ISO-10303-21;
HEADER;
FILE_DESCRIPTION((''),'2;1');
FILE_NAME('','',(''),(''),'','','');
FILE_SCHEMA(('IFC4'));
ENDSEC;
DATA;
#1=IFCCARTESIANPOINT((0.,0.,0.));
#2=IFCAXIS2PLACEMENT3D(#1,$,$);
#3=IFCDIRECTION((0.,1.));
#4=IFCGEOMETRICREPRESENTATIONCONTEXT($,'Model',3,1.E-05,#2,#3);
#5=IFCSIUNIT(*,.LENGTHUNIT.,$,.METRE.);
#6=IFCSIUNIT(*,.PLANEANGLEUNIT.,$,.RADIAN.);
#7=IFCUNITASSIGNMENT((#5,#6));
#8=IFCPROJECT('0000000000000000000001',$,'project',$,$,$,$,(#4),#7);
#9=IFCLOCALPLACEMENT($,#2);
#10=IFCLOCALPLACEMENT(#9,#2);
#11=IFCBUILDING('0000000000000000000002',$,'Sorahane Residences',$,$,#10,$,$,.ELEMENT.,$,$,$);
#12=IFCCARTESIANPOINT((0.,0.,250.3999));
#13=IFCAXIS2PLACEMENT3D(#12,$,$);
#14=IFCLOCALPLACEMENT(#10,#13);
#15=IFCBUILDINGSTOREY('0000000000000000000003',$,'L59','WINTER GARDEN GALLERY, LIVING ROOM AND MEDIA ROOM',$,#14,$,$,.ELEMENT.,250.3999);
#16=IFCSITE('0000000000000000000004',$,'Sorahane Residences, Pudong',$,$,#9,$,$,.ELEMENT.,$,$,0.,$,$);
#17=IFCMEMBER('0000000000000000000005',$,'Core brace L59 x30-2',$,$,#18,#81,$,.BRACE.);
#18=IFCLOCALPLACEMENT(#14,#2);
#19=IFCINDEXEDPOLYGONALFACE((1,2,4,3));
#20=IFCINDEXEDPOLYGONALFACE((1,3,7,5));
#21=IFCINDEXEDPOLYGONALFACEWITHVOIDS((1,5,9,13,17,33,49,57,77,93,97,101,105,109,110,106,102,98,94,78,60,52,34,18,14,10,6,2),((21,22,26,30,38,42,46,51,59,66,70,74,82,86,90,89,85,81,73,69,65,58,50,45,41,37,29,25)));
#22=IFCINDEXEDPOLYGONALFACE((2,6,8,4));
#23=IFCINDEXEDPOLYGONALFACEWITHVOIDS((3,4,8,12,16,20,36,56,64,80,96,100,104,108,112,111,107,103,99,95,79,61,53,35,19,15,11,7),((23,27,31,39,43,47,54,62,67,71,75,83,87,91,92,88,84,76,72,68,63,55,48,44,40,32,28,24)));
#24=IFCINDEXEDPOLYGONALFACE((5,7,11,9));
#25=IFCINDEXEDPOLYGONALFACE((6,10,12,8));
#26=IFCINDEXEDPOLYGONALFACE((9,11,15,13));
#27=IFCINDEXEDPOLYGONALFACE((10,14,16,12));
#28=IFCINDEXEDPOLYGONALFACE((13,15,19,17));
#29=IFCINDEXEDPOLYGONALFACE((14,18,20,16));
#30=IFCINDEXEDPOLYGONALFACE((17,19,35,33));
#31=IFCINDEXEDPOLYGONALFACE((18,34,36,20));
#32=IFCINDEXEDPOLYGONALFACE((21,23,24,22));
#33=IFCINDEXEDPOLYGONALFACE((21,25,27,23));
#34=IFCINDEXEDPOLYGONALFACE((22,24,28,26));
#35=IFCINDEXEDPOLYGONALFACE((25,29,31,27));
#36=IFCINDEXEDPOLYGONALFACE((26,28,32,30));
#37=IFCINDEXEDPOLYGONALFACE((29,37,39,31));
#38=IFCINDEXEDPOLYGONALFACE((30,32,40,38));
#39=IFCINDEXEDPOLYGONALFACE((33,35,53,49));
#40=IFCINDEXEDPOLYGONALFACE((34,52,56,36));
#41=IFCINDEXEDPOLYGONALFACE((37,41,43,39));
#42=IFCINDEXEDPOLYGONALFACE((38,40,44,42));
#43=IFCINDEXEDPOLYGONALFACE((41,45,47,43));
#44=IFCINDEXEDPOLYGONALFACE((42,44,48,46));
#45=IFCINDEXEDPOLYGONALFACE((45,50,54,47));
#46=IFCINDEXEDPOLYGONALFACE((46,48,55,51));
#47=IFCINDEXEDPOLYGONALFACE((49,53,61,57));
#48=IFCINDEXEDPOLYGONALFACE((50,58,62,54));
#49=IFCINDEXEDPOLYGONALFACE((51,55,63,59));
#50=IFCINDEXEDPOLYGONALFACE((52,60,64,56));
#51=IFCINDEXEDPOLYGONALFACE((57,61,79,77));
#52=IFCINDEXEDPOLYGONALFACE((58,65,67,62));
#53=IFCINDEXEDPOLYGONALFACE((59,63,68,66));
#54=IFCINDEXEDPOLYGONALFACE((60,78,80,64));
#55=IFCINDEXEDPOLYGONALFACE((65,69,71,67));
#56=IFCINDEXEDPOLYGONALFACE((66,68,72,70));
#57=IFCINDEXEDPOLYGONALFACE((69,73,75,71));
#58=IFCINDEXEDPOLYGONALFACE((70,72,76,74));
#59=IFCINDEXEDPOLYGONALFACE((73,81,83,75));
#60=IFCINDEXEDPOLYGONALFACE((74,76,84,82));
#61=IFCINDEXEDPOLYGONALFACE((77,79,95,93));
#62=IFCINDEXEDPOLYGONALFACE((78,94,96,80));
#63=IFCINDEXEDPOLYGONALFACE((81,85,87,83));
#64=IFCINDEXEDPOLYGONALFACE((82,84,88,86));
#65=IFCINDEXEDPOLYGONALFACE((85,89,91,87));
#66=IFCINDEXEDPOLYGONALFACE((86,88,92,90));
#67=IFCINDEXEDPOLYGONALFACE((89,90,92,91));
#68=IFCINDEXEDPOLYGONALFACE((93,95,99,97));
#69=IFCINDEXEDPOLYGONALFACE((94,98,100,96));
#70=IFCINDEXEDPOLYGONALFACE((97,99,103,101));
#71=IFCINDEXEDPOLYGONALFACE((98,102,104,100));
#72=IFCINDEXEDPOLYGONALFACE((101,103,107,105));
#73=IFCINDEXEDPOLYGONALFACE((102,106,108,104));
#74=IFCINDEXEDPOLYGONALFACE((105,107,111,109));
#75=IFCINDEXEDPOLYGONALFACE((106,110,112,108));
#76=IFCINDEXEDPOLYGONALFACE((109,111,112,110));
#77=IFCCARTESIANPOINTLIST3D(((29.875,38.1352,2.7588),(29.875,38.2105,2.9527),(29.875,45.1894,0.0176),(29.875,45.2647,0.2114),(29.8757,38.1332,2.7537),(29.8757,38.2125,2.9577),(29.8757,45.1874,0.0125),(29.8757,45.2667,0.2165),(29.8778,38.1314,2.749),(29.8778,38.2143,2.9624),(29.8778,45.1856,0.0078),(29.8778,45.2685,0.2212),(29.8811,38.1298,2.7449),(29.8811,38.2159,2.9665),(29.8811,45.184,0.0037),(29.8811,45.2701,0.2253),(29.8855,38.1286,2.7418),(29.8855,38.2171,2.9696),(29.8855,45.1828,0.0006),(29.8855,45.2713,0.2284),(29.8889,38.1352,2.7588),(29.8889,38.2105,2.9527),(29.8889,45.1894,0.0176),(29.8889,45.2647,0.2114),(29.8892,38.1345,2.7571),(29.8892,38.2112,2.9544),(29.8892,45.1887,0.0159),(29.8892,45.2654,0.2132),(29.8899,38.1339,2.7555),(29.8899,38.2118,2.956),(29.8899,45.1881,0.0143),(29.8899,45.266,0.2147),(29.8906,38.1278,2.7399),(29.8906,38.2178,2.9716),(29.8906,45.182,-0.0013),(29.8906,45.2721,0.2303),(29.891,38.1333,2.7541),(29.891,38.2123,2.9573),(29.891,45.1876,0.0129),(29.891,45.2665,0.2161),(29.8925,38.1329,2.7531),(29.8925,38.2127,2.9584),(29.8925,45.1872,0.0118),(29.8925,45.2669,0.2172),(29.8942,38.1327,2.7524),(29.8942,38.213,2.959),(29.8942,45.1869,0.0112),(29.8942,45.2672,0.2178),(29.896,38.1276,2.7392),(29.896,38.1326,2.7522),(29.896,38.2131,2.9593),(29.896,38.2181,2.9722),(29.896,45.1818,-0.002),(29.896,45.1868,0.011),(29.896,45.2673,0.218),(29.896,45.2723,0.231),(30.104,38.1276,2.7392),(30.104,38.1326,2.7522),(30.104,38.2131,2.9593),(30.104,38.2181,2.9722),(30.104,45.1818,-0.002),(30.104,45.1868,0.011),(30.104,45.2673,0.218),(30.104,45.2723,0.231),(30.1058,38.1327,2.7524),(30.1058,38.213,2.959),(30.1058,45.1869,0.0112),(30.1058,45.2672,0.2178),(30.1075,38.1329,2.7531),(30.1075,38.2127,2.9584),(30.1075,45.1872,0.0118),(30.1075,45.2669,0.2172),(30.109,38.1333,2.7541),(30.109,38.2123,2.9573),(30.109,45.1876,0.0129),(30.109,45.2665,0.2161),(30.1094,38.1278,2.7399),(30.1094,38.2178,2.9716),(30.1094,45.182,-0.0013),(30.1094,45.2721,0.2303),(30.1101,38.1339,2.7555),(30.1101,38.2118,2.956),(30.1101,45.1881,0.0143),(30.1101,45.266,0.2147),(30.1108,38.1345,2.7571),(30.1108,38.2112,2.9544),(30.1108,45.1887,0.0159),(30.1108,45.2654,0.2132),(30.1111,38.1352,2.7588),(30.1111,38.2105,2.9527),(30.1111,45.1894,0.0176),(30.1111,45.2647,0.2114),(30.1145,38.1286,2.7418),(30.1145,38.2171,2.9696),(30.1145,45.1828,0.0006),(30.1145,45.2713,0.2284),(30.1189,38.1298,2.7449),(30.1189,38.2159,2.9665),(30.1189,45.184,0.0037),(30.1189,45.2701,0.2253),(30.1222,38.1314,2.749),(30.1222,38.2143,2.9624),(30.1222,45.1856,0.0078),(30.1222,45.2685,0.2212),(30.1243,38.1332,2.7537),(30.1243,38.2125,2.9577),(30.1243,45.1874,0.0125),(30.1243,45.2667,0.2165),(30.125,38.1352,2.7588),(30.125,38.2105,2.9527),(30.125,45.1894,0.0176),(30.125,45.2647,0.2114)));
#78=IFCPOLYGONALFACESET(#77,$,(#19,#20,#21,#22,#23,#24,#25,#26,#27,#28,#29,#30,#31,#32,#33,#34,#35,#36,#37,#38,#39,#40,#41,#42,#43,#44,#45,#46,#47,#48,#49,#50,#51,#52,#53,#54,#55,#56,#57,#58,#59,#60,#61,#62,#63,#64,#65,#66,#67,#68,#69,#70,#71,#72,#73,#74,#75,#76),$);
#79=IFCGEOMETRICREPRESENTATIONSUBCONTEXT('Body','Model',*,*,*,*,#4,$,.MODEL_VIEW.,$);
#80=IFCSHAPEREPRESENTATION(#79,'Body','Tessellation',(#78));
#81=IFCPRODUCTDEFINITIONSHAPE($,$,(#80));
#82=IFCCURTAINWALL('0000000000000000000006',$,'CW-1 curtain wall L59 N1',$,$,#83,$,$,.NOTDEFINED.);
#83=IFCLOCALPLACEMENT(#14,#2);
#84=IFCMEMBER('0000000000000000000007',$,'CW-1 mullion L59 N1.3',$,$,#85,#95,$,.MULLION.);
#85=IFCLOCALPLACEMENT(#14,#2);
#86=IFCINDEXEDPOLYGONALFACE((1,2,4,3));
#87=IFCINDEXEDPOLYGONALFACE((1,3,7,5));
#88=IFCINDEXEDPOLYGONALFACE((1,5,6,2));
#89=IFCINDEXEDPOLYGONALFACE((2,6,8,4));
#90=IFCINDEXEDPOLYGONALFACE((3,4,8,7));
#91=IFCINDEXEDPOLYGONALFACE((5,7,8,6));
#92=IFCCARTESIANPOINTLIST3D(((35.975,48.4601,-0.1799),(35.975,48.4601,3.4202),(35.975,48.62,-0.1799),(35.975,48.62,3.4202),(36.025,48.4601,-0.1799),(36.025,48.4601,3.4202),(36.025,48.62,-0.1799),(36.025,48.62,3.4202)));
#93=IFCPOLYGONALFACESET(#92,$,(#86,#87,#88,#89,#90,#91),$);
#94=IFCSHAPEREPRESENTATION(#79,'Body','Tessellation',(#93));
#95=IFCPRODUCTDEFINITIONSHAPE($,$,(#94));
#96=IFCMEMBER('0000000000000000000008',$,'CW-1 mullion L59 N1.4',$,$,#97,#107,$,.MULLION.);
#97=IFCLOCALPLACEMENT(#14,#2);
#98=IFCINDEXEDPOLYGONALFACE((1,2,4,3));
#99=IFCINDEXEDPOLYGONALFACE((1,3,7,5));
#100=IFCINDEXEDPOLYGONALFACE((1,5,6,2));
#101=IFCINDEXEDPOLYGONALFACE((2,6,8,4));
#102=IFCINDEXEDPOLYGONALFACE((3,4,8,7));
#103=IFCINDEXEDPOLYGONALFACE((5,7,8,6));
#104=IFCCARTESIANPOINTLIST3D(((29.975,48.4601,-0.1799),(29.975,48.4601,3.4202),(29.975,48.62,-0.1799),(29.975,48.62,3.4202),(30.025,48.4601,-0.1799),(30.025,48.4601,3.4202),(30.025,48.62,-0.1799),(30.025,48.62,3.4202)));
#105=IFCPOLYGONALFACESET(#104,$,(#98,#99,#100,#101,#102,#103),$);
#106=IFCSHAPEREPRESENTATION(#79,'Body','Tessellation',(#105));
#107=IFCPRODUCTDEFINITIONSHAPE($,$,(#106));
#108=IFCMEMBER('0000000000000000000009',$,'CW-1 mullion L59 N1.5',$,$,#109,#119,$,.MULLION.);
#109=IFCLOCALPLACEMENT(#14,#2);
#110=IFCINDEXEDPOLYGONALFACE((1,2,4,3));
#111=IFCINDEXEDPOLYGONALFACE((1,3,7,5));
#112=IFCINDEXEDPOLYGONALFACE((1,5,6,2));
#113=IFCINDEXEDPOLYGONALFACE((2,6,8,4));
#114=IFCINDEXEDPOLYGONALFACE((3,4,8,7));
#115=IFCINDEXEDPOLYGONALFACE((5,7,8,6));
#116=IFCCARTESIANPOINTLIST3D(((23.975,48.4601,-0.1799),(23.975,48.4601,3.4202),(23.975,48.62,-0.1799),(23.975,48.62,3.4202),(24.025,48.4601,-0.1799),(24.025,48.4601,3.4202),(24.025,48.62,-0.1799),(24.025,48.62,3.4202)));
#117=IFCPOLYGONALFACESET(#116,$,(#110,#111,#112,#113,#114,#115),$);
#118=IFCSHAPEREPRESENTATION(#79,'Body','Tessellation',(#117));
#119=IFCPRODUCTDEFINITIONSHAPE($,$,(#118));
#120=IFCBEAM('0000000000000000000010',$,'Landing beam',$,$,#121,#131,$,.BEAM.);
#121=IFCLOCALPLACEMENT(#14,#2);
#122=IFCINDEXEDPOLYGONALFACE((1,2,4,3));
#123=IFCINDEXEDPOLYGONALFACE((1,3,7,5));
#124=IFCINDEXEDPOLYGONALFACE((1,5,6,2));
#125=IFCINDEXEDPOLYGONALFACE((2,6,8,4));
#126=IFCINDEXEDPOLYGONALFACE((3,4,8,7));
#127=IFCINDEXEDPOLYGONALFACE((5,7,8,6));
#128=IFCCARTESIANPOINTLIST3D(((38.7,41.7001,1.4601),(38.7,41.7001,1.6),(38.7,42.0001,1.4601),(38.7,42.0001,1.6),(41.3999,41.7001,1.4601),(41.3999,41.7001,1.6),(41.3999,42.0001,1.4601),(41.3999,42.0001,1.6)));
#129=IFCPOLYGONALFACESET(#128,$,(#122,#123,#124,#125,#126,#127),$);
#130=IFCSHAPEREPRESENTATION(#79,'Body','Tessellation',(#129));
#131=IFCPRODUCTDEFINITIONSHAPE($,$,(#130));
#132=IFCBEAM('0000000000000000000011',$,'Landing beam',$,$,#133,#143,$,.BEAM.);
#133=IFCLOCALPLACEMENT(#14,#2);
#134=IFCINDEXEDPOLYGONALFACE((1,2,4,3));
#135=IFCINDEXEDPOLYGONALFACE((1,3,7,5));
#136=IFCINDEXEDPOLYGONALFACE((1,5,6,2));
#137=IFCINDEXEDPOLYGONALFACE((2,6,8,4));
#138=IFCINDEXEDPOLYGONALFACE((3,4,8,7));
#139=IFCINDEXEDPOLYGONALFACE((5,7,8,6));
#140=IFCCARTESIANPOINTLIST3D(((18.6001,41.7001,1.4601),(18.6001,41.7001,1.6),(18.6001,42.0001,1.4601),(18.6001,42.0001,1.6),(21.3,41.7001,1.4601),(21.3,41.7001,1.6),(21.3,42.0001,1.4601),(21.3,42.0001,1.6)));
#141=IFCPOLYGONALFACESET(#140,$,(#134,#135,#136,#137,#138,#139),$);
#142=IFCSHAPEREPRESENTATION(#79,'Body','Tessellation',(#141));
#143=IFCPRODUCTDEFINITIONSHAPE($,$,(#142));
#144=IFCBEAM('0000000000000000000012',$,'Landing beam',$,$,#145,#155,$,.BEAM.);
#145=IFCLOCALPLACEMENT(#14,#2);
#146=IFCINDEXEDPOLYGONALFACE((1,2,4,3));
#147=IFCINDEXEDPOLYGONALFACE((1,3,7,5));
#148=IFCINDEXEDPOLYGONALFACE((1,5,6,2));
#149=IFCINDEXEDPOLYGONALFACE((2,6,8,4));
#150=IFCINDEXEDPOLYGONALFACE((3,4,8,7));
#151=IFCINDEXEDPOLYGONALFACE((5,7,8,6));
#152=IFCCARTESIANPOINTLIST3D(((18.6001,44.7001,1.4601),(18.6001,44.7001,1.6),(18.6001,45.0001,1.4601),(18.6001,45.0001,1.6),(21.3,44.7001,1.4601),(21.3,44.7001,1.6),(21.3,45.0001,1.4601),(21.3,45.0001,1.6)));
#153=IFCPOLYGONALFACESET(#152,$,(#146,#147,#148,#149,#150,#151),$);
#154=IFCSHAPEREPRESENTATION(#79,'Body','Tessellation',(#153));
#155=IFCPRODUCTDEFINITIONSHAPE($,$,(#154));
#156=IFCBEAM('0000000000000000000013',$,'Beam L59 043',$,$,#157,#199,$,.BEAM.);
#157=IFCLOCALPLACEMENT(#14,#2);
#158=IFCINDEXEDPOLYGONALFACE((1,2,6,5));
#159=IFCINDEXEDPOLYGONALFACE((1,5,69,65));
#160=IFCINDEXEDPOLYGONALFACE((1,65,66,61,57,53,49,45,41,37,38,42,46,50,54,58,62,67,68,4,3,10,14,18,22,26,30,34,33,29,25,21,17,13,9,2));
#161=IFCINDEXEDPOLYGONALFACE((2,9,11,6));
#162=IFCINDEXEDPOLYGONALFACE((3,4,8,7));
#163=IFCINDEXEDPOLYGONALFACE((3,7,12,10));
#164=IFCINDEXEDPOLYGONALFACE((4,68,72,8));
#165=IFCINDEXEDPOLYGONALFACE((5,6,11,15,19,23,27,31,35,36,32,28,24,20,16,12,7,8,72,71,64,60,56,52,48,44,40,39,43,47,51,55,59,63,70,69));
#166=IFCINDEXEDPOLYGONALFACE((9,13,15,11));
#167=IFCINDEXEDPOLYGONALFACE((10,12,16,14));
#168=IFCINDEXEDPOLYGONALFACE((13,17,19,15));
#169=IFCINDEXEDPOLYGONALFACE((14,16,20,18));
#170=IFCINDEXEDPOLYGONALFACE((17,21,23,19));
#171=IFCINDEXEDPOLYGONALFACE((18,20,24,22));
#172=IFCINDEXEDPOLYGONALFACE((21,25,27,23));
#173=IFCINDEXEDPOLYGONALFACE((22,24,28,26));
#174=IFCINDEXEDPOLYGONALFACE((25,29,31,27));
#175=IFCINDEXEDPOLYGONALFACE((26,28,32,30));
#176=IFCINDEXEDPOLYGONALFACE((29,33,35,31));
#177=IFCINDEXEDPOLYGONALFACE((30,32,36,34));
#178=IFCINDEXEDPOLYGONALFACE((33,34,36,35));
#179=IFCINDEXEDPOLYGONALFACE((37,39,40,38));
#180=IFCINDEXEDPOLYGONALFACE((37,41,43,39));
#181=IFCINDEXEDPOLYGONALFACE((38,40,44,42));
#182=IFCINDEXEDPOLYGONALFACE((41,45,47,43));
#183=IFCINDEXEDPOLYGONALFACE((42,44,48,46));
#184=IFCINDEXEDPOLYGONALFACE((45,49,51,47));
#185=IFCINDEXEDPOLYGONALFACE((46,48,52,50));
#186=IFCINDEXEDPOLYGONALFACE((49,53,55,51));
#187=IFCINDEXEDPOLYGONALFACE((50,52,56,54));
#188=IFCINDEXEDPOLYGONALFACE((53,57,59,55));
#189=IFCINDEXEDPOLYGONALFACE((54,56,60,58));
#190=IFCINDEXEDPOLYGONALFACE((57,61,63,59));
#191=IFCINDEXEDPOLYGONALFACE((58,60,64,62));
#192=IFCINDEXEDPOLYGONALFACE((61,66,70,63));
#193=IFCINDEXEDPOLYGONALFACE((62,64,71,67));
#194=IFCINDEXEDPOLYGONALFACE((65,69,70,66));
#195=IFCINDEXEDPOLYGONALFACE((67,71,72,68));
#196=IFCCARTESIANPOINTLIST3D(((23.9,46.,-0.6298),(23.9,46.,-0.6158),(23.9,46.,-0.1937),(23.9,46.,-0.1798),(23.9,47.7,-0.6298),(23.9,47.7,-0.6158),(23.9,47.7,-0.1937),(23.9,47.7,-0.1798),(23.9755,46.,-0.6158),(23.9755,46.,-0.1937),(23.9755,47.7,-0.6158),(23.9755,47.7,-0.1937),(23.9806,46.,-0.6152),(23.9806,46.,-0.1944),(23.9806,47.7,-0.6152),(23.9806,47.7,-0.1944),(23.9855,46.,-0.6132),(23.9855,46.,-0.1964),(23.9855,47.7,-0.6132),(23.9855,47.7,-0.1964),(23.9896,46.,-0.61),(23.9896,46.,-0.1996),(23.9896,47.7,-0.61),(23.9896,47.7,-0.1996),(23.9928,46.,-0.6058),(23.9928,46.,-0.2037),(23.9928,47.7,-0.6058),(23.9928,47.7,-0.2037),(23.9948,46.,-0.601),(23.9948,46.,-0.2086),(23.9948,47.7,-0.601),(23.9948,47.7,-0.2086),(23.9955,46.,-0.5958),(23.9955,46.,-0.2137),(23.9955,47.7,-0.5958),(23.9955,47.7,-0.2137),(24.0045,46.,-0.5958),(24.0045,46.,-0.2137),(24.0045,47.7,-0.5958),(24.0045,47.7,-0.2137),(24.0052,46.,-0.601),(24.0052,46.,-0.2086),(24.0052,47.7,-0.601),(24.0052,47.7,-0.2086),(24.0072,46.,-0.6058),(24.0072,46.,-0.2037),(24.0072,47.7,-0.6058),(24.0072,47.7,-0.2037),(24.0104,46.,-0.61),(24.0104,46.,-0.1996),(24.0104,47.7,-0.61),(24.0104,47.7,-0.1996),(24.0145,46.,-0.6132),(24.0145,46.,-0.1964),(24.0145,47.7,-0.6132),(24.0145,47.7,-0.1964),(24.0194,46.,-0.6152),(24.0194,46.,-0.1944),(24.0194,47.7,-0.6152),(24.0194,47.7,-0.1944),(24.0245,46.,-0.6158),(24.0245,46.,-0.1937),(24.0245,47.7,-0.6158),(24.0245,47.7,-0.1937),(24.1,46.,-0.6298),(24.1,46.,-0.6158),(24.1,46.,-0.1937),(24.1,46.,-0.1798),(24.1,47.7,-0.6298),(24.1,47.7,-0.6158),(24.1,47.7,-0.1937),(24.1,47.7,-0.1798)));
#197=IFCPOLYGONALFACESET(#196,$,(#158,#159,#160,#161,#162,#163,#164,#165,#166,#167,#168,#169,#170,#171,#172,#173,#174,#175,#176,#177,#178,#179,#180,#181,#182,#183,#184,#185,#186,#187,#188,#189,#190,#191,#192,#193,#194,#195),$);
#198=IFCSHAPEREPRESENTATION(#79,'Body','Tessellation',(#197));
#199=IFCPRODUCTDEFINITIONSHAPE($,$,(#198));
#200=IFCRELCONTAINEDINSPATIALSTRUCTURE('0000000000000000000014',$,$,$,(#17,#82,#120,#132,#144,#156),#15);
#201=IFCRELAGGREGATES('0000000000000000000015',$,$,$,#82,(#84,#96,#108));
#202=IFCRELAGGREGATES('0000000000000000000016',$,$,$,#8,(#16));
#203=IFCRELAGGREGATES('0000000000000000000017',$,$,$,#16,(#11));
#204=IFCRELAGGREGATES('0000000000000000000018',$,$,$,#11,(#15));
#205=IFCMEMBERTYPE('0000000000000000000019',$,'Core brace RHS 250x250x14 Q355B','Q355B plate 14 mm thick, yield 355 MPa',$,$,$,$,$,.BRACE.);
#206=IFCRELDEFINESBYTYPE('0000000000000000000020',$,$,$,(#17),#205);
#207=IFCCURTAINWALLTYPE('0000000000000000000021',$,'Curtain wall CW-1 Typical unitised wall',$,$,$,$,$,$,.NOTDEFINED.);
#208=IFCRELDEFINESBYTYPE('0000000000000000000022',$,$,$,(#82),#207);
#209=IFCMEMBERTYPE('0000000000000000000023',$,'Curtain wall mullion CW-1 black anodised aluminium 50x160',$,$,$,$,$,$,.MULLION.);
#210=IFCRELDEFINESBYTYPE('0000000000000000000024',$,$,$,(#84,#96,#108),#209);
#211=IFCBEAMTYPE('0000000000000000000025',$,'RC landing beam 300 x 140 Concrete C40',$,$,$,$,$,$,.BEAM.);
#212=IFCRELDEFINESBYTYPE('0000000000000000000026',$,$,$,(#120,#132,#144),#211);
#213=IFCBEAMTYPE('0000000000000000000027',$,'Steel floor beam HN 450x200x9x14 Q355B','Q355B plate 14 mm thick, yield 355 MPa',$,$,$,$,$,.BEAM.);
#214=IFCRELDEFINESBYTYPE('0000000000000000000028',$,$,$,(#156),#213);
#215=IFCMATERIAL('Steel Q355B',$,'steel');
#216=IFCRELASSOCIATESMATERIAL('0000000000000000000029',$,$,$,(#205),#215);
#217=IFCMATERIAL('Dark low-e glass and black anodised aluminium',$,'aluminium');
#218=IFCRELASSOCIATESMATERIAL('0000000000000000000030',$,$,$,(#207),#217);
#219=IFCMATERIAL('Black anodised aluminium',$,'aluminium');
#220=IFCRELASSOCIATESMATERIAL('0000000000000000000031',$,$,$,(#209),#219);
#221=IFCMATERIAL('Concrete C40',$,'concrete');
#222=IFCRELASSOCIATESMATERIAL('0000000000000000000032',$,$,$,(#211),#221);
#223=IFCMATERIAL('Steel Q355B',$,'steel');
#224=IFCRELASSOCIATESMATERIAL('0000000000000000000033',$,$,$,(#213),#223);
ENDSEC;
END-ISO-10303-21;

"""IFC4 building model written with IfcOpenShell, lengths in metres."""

from ifc_helpers import new_model, si_unit, direction, frame, origin, origin_2d, place, context, subcontext, project, spatial, rectangle, hollow_rectangle, i_section, extrude, material, material_profile, profile_set, type_object, element, aggregate, save


model = new_model("IFC4")

# Units and contexts
model_context = context("Model", 3, precision=1e-05, world=origin(), true_north=direction((0.0, 1.0)))
body_context = subcontext(model_context, "Body", "Model", "MODEL_VIEW")
ifc_project = project(units=[si_unit("LENGTHUNIT", "METRE"), si_unit("PLANEANGLEUNIT", "RADIAN")], contexts=[model_context])

# Site, building, storey
site_placement = place(None, origin())
site = spatial("IfcSite", under=ifc_project, at=site_placement, Name="Sorahane Residences, Pudong", CompositionType="ELEMENT", RefElevation=0.0)
building_placement = place(site_placement, origin())
building = spatial("IfcBuilding", under=site, at=building_placement, Name="Sorahane Residences", CompositionType="ELEMENT")
storey_placement = place(building_placement, frame((0.0, 0.0, 250.3999)))
storey = spatial("IfcBuildingStorey", under=building, at=storey_placement, Name="L59", Description="WINTER GARDEN GALLERY, LIVING ROOM AND MEDIA ROOM", CompositionType="ELEMENT", Elevation=250.3999)

# Member
ifc_material_1 = material(Name="Steel Q355B", Category="steel")
ifc_material_profile_1 = material_profile(ifc_material_1, hollow_rectangle(XDim=0.25, YDim=0.25, WallThickness=0.0139, InnerFilletRadius=0.0071, OuterFilletRadius=0.021, at=origin_2d()), Name="RHS 250x250x14")
ifc_profile_set_1 = profile_set([ifc_material_profile_1], Name="Steel Q355B")
member_type_1 = type_object("IfcMemberType", Name="Core brace RHS 250x250x14 Q355B", Description="Q355B plate 14 mm thick, yield 355 MPa", PredefinedType="BRACE", material=ifc_profile_set_1)
member_1_placement = place(storey_placement, frame((30.0, 45.2271, 0.1145), z_axis=(0.0, -0.932098, 0.362207), x_axis=(1.0, 0.0, 0.0)))
element("IfcMember", 1, at=member_1_placement, inside=storey, type_object=member_type_1, Name="Core brace L59 x30-2", PredefinedType="BRACE", context=body_context, shape_type="SweptSolid", body=[
    extrude(hollow_rectangle(XDim=0.25, YDim=0.25, WallThickness=0.0139, InnerFilletRadius=0.0071, OuterFilletRadius=0.021, at=origin_2d()), origin(), (0.0, 0.0, 1.0), 7.5681),
])

# Curtain wall, members
ifc_material_2 = material(Name="Dark low-e glass and black anodised aluminium", Category="aluminium")
curtain_wall_type = type_object("IfcCurtainWallType", Name="Curtain wall CW-1 Typical unitised wall", PredefinedType="NOTDEFINED", material=ifc_material_2)
curtain_wall_placement = place(storey_placement, origin())
curtain_wall = element("IfcCurtainWall", 2, at=curtain_wall_placement, inside=storey, type_object=curtain_wall_type, Name="CW-1 curtain wall L59 N1", PredefinedType="NOTDEFINED")
ifc_material_3 = material(Name="Black anodised aluminium", Category="aluminium")
ifc_material_profile_2 = material_profile(ifc_material_3, rectangle(XDim=0.1599, YDim=0.05, at=origin_2d()), Name="Curtain wall mullion CW-1 black anodised aluminium 50x160")
ifc_profile_set_2 = profile_set([ifc_material_profile_2], Name="Black anodised aluminium")
member_type_2 = type_object("IfcMemberType", Name="Curtain wall mullion CW-1 black anodised aluminium 50x160", PredefinedType="MULLION", material=ifc_profile_set_2)
member_2_placement = place(storey_placement, frame((36.0, 48.54, -0.1799), z_axis=(0.0, 0.0, 1.0), x_axis=(0.0, 1.0, 0.0)))
member_2 = element("IfcMember", 3, at=member_2_placement, type_object=member_type_2, Name="CW-1 mullion L59 N1.3", PredefinedType="MULLION", context=body_context, shape_type="SweptSolid", body=[
    extrude(rectangle(XDim=0.1599, YDim=0.05, at=origin_2d()), origin(), (0.0, 0.0, 1.0), 3.6001),
])
member_3_placement = place(storey_placement, frame((30.0, 48.54, -0.1799), z_axis=(0.0, 0.0, 1.0), x_axis=(0.0, 1.0, 0.0)))
member_3 = element("IfcMember", 4, at=member_3_placement, type_object=member_type_2, Name="CW-1 mullion L59 N1.4", PredefinedType="MULLION", context=body_context, shape_type="SweptSolid", body=[
    extrude(rectangle(XDim=0.1599, YDim=0.05, at=origin_2d()), origin(), (0.0, 0.0, 1.0), 3.6001),
])
member_4_placement = place(storey_placement, frame((24.0, 48.54, -0.1799), z_axis=(0.0, 0.0, 1.0), x_axis=(0.0, 1.0, 0.0)))
member_4 = element("IfcMember", 5, at=member_4_placement, type_object=member_type_2, Name="CW-1 mullion L59 N1.5", PredefinedType="MULLION", context=body_context, shape_type="SweptSolid", body=[
    extrude(rectangle(XDim=0.1599, YDim=0.05, at=origin_2d()), origin(), (0.0, 0.0, 1.0), 3.6001),
])

# Beams
ifc_material_4 = material(Name="Concrete C40", Category="concrete")
ifc_material_profile_3 = material_profile(ifc_material_4, rectangle(XDim=0.3, YDim=0.1399, at=origin_2d()), Name="300x140")
ifc_profile_set_3 = profile_set([ifc_material_profile_3], Name="Concrete C40")
beam_type_1 = type_object("IfcBeamType", Name="RC landing beam 300 x 140 Concrete C40", PredefinedType="BEAM", material=ifc_profile_set_3)
for number, where, z_axis, x_axis, name in (
    (6, (38.7, 41.8501, 1.53), (1.0, 0.0, 0.0), (0.0, 1.0, 0.0), "Landing beam"),
    (7, (18.6001, 41.8501, 1.53), (1.0, 0.0, 0.0), (0.0, 1.0, 0.0), "Landing beam"),
    (8, (18.6001, 44.8501, 1.53), (1.0, 0.0, 0.0), (0.0, 1.0, 0.0), "Landing beam"),
):
    element("IfcBeam", number, at=place(storey_placement, frame(where, z_axis=z_axis, x_axis=x_axis)), inside=storey, type_object=beam_type_1, Name=name, PredefinedType="BEAM", context=body_context, shape_type="SweptSolid", body=[
        extrude(rectangle(XDim=0.3, YDim=0.1399, at=origin_2d()), origin(), (0.0, 0.0, 1.0), 2.7),
    ])
ifc_material_5 = material(Name="Steel Q355B", Category="steel")
ifc_material_profile_4 = material_profile(ifc_material_5, i_section(OverallWidth=0.2, OverallDepth=0.45, WebThickness=0.009, FlangeThickness=0.0139, FilletRadius=0.02, at=origin_2d()), Name="HN 450x200x9x14")
ifc_profile_set_4 = profile_set([ifc_material_profile_4], Name="Steel Q355B")
beam_type_2 = type_object("IfcBeamType", Name="Steel floor beam HN 450x200x9x14 Q355B", Description="Q355B plate 14 mm thick, yield 355 MPa", PredefinedType="BEAM", material=ifc_profile_set_4)
beam_1_placement = place(storey_placement, frame((24.0, 46.0, -0.4048), z_axis=(0.0, 1.0, 0.0), x_axis=(-1.0, 0.0, 0.0)))
element("IfcBeam", 9, at=beam_1_placement, inside=storey, type_object=beam_type_2, Name="Beam L59 043", PredefinedType="BEAM", context=body_context, shape_type="SweptSolid", body=[
    extrude(i_section(OverallWidth=0.2, OverallDepth=0.45, WebThickness=0.009, FlangeThickness=0.0139, FilletRadius=0.02, at=origin_2d()), origin(), (0.0, 0.0, 1.0), 1.7),
])

aggregate(curtain_wall, [member_2, member_3, member_4])

save(model, "model.ifc")
